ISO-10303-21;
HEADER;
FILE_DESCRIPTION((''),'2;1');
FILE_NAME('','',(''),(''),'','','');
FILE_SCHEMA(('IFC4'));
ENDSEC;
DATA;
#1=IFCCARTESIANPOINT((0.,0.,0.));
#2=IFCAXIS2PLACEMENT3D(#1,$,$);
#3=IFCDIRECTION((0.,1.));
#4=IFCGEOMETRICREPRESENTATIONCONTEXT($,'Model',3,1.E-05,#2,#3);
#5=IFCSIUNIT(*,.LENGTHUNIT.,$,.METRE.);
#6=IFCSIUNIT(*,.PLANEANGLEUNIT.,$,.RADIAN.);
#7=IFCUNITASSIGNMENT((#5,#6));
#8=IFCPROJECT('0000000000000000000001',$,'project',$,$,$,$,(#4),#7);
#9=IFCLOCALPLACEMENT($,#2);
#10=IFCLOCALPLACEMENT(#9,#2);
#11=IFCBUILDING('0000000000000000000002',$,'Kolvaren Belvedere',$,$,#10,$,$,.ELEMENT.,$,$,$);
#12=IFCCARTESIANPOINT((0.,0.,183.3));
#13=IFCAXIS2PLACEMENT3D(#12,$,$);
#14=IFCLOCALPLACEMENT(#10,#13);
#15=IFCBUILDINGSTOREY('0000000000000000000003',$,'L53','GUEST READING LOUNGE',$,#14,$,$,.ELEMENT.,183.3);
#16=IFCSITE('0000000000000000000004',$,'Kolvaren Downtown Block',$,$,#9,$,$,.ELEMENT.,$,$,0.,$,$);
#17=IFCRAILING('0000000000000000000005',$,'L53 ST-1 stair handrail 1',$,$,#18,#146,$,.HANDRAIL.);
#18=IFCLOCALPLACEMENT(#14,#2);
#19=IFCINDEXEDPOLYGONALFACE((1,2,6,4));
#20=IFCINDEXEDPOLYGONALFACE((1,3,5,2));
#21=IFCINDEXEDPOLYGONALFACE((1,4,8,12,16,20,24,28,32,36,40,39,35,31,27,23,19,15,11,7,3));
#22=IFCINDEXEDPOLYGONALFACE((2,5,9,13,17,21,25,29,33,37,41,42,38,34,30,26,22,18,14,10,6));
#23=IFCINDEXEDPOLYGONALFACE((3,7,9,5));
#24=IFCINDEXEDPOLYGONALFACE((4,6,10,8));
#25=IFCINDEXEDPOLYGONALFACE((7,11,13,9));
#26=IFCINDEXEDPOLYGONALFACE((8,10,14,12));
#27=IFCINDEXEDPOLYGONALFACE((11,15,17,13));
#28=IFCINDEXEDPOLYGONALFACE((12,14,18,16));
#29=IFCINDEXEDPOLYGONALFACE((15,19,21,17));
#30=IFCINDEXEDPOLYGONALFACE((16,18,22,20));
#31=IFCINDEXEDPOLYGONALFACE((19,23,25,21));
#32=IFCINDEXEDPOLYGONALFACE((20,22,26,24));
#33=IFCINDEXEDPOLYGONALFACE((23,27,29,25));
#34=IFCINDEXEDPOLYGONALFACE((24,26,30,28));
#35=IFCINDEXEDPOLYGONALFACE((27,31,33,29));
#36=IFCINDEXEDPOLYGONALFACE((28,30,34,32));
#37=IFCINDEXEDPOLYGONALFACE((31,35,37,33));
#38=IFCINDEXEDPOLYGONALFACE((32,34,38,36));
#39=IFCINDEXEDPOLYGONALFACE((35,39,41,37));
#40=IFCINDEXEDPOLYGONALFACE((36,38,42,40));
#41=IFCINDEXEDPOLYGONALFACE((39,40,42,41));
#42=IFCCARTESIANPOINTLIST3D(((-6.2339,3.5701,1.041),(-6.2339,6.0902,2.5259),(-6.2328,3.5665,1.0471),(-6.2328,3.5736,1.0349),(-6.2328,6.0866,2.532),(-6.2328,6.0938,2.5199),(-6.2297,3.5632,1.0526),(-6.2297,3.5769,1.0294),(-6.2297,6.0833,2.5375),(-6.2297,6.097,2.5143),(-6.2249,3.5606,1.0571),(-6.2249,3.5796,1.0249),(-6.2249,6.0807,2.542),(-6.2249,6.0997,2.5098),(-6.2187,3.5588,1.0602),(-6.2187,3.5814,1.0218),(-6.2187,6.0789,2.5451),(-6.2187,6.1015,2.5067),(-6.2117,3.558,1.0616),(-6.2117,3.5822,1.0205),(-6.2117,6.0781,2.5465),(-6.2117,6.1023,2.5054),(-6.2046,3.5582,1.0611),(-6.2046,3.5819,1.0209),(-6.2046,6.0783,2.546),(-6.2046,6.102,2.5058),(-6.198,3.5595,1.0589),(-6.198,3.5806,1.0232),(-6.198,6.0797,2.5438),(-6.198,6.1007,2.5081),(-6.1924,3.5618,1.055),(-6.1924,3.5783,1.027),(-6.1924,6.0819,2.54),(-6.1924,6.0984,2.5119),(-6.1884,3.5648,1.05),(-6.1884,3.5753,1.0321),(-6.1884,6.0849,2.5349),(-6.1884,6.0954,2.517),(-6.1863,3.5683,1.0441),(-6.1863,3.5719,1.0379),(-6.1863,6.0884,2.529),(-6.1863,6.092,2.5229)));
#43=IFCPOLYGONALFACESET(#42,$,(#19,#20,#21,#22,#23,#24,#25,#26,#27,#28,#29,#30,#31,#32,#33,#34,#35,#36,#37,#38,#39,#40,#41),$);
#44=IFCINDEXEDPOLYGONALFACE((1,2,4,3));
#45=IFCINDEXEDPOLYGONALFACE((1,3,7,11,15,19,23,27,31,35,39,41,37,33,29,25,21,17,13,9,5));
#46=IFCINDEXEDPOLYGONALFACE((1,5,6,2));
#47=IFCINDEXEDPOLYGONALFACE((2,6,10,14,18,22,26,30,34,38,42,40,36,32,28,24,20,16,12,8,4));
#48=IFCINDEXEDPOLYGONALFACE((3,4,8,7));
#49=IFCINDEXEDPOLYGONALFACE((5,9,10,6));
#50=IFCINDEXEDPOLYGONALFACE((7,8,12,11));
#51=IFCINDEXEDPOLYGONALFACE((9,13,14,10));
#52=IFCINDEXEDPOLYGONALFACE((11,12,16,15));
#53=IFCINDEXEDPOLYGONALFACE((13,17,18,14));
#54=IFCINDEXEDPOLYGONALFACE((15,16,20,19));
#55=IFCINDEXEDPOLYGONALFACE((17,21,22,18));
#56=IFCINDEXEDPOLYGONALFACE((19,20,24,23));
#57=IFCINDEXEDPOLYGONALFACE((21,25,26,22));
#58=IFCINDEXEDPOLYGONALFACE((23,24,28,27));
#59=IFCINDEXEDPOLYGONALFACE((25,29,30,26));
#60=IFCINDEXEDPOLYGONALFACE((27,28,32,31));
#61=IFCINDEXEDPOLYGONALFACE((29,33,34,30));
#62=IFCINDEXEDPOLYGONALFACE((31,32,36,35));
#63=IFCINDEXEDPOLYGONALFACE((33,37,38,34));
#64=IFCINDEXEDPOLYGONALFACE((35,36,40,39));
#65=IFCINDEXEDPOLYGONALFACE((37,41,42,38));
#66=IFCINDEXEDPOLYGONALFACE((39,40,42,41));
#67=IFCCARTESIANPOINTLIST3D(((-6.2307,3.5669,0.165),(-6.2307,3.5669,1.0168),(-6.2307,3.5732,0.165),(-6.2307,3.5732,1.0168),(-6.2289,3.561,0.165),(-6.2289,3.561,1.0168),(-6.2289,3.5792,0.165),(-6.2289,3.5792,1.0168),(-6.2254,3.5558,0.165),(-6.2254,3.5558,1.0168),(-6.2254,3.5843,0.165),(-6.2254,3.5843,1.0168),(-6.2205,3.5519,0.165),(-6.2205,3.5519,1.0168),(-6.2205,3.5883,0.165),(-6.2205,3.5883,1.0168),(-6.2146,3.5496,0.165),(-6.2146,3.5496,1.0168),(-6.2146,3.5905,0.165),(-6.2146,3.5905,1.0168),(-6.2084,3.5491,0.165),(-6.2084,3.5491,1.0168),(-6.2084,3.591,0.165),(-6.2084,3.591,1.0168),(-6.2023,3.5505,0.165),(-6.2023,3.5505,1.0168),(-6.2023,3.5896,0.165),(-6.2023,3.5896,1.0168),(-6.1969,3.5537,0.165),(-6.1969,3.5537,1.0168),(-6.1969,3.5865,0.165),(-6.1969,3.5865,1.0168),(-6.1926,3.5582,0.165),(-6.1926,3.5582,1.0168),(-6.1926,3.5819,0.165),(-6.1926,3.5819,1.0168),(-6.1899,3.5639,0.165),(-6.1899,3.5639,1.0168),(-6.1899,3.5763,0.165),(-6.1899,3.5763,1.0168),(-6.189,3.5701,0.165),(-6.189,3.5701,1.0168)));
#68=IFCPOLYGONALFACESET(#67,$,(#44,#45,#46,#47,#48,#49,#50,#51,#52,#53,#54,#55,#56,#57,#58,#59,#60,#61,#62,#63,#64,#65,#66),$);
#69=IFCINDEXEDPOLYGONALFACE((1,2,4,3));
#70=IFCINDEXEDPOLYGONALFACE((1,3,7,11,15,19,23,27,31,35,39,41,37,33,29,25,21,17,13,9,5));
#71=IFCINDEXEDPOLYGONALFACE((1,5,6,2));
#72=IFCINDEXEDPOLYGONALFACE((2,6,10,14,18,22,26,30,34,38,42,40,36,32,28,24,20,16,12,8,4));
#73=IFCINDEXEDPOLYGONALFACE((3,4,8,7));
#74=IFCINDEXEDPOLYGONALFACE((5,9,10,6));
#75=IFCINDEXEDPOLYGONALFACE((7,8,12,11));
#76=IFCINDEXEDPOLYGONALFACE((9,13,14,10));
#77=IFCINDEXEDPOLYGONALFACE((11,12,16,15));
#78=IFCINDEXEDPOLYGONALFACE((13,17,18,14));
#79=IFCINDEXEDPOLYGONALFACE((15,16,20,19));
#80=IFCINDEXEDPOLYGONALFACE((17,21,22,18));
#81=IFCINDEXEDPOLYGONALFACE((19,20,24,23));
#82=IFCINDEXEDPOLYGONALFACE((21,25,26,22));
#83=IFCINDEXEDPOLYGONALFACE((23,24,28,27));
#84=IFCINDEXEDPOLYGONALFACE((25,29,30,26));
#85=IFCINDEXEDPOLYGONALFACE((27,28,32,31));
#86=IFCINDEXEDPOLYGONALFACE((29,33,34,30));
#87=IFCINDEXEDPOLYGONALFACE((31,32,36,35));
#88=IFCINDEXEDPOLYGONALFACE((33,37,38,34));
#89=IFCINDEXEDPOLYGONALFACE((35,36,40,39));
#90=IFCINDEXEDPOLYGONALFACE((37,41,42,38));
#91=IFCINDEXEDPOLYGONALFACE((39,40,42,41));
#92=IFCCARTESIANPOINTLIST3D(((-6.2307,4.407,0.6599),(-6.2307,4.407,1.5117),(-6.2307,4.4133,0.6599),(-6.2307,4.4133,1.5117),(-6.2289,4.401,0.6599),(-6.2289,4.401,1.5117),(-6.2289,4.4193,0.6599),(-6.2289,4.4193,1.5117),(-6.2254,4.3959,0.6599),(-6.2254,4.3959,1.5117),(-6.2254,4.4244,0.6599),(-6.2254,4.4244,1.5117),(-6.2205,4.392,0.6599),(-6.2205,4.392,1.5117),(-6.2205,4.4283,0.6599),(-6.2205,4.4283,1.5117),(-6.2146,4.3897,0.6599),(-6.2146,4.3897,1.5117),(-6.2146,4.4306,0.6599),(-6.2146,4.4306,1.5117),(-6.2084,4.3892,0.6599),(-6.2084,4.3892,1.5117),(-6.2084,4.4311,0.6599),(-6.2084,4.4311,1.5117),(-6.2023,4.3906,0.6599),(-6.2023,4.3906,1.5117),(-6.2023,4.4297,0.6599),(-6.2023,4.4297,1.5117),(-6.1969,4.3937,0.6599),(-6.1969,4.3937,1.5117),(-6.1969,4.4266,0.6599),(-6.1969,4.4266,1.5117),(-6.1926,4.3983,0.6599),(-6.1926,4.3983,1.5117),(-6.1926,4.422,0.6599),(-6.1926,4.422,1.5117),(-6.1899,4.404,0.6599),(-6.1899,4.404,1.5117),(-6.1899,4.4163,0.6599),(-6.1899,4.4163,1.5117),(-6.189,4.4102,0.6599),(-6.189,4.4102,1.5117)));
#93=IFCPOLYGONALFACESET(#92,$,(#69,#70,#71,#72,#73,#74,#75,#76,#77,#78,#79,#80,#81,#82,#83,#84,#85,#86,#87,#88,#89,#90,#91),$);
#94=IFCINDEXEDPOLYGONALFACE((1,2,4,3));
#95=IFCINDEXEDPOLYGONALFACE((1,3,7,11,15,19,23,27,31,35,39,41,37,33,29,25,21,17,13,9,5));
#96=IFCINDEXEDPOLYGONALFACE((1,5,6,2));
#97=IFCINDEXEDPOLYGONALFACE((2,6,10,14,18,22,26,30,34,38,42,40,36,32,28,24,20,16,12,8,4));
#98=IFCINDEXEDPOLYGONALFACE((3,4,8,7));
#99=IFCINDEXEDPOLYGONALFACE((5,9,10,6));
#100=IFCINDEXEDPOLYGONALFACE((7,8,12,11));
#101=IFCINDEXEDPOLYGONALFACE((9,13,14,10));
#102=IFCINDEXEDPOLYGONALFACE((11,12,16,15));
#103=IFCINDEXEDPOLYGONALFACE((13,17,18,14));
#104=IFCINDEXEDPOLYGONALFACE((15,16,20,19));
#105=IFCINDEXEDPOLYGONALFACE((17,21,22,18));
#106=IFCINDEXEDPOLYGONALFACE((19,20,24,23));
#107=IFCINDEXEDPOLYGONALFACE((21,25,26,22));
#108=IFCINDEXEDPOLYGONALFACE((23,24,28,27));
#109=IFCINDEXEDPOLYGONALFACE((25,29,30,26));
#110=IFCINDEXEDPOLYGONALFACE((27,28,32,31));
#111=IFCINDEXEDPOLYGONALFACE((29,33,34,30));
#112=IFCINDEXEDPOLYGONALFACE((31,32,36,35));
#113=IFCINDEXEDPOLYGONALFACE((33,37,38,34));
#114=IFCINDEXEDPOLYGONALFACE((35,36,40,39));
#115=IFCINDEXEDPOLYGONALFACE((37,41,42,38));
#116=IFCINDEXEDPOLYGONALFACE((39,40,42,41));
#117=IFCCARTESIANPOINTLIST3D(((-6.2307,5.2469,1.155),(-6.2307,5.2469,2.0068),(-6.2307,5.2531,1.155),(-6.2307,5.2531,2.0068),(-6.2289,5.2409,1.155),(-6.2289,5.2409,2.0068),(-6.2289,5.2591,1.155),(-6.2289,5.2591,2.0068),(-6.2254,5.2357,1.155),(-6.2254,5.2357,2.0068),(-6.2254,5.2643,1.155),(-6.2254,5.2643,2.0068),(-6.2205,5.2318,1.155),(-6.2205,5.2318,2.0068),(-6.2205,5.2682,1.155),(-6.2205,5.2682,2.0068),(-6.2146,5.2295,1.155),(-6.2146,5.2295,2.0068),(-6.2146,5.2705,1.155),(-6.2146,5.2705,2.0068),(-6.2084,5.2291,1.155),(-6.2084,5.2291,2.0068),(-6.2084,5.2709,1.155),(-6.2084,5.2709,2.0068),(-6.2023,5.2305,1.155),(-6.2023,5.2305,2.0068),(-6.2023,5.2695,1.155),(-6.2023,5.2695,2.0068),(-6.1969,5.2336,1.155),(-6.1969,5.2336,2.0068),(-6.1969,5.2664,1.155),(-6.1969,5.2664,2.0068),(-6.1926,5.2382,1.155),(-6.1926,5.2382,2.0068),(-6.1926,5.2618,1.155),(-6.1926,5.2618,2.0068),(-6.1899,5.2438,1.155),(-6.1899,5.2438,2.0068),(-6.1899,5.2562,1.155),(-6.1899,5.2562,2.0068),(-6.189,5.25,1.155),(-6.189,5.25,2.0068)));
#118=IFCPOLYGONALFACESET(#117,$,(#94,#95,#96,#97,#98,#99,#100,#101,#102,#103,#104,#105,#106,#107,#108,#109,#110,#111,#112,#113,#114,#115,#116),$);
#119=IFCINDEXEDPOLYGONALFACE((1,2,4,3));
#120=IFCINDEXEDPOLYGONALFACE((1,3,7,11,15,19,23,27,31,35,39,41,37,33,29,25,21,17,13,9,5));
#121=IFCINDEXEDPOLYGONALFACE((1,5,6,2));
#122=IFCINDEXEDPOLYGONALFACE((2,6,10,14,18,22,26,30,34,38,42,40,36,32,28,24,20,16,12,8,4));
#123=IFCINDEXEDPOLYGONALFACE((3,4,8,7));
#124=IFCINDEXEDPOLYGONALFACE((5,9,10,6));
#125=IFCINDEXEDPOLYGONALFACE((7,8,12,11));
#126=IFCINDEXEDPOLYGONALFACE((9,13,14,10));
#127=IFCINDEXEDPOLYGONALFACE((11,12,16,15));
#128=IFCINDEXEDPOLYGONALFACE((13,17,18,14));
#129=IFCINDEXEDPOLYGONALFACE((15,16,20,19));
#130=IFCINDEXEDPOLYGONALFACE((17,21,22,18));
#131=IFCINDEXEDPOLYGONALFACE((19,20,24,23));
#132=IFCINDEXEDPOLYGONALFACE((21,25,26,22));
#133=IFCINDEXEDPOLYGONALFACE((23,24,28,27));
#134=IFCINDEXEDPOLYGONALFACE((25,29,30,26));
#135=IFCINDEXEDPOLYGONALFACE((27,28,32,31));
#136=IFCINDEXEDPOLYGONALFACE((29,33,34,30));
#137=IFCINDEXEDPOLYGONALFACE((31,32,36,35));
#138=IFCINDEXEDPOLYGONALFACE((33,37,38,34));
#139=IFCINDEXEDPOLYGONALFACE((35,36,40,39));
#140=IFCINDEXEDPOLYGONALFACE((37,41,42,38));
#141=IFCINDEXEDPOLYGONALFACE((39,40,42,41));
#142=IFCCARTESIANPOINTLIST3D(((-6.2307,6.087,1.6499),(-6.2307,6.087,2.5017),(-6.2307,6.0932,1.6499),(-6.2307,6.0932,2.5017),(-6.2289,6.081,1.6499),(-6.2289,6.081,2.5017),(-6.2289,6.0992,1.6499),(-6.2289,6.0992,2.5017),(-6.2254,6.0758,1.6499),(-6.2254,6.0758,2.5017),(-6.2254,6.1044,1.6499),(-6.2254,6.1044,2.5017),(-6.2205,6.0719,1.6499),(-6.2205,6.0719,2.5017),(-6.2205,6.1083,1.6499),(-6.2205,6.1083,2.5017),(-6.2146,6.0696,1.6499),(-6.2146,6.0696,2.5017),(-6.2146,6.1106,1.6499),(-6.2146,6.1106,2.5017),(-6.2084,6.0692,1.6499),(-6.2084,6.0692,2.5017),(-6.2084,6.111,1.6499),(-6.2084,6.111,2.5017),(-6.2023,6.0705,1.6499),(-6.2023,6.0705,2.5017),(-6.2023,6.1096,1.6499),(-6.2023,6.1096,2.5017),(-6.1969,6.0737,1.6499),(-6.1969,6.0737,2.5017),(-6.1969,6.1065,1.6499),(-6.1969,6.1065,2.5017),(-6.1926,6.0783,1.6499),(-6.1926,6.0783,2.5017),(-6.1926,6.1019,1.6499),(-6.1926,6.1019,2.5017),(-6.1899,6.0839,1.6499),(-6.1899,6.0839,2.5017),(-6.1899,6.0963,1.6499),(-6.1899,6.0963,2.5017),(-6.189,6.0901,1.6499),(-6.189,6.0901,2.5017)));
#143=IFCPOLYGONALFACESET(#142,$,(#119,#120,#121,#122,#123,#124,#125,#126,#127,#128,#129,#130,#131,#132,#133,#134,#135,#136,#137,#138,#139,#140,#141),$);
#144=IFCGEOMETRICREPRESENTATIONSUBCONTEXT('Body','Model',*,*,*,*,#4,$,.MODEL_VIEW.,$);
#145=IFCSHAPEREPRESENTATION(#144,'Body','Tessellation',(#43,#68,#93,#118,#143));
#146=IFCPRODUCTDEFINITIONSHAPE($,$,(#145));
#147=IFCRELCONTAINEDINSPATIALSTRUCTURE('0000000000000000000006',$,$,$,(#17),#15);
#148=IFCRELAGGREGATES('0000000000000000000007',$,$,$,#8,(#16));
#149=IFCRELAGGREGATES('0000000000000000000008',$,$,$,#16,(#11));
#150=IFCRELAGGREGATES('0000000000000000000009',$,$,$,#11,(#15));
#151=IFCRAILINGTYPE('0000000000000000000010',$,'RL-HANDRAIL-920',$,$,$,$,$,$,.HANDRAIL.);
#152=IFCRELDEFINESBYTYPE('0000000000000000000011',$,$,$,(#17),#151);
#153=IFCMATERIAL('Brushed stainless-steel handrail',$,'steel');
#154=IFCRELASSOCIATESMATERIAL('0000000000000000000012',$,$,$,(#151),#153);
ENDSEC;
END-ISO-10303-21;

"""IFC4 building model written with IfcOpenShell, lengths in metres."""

from ifc_helpers import new_model, si_unit, direction, frame, origin, origin_2d, place, context, subcontext, project, spatial, circle, extrude, material, type_object, element, save


model = new_model("IFC4")

# Units and contexts
model_context = context("Model", 3, precision=1e-05, world=origin(), true_north=direction((0.0, 1.0)))
body_context = subcontext(model_context, "Body", "Model", "MODEL_VIEW")
ifc_project = project(units=[si_unit("LENGTHUNIT", "METRE"), si_unit("PLANEANGLEUNIT", "RADIAN")], contexts=[model_context])

# Site, building, storey
site_placement = place(None, origin())
site = spatial("IfcSite", under=ifc_project, at=site_placement, Name="Kolvaren Downtown Block", CompositionType="ELEMENT", RefElevation=0.0)
building_placement = place(site_placement, origin())
building = spatial("IfcBuilding", under=site, at=building_placement, Name="Kolvaren Belvedere", CompositionType="ELEMENT")
storey_placement = place(building_placement, frame((0.0, 0.0, 183.3)))
storey = spatial("IfcBuildingStorey", under=building, at=storey_placement, Name="L53", Description="GUEST READING LOUNGE", CompositionType="ELEMENT", Elevation=183.3)

# Railing
ifc_material_1 = material(Name="Brushed stainless-steel handrail", Category="steel")
railing_type_1 = type_object("IfcRailingType", Name="RL-HANDRAIL-920", PredefinedType="HANDRAIL", material=ifc_material_1)
railing_1_placement = place(storey_placement, frame((-6.21, 3.5701, 0.165)))
element("IfcRailing", 1, at=railing_1_placement, inside=storey, type_object=railing_type_1, Name="L53 ST-1 stair handrail 1", PredefinedType="HANDRAIL", context=body_context, shape_type="SweptSolid", body=[
    extrude(circle(Radius=0.0239, at=origin_2d()), frame((0.0, 0.0, 0.876), z_axis=(0.0, 0.861561, 0.507655), x_axis=(-1.0, 0.0, 0.0)), (0.0, 0.0, 1.0), 2.925),
    extrude(circle(Radius=0.021, at=origin_2d()), origin(), (0.0, 0.0, 1.0), 0.8518),
    extrude(circle(Radius=0.021, at=origin_2d()), frame((0.0, 0.8401, 0.4949)), (0.0, 0.0, 1.0), 0.8518),
    extrude(circle(Radius=0.021, at=origin_2d()), frame((0.0, 1.6799, 0.99)), (0.0, 0.0, 1.0), 0.8518),
    extrude(circle(Radius=0.021, at=origin_2d()), frame((0.0, 2.52, 1.4849)), (0.0, 0.0, 1.0), 0.8518),
])

save(model, "model.ifc")
